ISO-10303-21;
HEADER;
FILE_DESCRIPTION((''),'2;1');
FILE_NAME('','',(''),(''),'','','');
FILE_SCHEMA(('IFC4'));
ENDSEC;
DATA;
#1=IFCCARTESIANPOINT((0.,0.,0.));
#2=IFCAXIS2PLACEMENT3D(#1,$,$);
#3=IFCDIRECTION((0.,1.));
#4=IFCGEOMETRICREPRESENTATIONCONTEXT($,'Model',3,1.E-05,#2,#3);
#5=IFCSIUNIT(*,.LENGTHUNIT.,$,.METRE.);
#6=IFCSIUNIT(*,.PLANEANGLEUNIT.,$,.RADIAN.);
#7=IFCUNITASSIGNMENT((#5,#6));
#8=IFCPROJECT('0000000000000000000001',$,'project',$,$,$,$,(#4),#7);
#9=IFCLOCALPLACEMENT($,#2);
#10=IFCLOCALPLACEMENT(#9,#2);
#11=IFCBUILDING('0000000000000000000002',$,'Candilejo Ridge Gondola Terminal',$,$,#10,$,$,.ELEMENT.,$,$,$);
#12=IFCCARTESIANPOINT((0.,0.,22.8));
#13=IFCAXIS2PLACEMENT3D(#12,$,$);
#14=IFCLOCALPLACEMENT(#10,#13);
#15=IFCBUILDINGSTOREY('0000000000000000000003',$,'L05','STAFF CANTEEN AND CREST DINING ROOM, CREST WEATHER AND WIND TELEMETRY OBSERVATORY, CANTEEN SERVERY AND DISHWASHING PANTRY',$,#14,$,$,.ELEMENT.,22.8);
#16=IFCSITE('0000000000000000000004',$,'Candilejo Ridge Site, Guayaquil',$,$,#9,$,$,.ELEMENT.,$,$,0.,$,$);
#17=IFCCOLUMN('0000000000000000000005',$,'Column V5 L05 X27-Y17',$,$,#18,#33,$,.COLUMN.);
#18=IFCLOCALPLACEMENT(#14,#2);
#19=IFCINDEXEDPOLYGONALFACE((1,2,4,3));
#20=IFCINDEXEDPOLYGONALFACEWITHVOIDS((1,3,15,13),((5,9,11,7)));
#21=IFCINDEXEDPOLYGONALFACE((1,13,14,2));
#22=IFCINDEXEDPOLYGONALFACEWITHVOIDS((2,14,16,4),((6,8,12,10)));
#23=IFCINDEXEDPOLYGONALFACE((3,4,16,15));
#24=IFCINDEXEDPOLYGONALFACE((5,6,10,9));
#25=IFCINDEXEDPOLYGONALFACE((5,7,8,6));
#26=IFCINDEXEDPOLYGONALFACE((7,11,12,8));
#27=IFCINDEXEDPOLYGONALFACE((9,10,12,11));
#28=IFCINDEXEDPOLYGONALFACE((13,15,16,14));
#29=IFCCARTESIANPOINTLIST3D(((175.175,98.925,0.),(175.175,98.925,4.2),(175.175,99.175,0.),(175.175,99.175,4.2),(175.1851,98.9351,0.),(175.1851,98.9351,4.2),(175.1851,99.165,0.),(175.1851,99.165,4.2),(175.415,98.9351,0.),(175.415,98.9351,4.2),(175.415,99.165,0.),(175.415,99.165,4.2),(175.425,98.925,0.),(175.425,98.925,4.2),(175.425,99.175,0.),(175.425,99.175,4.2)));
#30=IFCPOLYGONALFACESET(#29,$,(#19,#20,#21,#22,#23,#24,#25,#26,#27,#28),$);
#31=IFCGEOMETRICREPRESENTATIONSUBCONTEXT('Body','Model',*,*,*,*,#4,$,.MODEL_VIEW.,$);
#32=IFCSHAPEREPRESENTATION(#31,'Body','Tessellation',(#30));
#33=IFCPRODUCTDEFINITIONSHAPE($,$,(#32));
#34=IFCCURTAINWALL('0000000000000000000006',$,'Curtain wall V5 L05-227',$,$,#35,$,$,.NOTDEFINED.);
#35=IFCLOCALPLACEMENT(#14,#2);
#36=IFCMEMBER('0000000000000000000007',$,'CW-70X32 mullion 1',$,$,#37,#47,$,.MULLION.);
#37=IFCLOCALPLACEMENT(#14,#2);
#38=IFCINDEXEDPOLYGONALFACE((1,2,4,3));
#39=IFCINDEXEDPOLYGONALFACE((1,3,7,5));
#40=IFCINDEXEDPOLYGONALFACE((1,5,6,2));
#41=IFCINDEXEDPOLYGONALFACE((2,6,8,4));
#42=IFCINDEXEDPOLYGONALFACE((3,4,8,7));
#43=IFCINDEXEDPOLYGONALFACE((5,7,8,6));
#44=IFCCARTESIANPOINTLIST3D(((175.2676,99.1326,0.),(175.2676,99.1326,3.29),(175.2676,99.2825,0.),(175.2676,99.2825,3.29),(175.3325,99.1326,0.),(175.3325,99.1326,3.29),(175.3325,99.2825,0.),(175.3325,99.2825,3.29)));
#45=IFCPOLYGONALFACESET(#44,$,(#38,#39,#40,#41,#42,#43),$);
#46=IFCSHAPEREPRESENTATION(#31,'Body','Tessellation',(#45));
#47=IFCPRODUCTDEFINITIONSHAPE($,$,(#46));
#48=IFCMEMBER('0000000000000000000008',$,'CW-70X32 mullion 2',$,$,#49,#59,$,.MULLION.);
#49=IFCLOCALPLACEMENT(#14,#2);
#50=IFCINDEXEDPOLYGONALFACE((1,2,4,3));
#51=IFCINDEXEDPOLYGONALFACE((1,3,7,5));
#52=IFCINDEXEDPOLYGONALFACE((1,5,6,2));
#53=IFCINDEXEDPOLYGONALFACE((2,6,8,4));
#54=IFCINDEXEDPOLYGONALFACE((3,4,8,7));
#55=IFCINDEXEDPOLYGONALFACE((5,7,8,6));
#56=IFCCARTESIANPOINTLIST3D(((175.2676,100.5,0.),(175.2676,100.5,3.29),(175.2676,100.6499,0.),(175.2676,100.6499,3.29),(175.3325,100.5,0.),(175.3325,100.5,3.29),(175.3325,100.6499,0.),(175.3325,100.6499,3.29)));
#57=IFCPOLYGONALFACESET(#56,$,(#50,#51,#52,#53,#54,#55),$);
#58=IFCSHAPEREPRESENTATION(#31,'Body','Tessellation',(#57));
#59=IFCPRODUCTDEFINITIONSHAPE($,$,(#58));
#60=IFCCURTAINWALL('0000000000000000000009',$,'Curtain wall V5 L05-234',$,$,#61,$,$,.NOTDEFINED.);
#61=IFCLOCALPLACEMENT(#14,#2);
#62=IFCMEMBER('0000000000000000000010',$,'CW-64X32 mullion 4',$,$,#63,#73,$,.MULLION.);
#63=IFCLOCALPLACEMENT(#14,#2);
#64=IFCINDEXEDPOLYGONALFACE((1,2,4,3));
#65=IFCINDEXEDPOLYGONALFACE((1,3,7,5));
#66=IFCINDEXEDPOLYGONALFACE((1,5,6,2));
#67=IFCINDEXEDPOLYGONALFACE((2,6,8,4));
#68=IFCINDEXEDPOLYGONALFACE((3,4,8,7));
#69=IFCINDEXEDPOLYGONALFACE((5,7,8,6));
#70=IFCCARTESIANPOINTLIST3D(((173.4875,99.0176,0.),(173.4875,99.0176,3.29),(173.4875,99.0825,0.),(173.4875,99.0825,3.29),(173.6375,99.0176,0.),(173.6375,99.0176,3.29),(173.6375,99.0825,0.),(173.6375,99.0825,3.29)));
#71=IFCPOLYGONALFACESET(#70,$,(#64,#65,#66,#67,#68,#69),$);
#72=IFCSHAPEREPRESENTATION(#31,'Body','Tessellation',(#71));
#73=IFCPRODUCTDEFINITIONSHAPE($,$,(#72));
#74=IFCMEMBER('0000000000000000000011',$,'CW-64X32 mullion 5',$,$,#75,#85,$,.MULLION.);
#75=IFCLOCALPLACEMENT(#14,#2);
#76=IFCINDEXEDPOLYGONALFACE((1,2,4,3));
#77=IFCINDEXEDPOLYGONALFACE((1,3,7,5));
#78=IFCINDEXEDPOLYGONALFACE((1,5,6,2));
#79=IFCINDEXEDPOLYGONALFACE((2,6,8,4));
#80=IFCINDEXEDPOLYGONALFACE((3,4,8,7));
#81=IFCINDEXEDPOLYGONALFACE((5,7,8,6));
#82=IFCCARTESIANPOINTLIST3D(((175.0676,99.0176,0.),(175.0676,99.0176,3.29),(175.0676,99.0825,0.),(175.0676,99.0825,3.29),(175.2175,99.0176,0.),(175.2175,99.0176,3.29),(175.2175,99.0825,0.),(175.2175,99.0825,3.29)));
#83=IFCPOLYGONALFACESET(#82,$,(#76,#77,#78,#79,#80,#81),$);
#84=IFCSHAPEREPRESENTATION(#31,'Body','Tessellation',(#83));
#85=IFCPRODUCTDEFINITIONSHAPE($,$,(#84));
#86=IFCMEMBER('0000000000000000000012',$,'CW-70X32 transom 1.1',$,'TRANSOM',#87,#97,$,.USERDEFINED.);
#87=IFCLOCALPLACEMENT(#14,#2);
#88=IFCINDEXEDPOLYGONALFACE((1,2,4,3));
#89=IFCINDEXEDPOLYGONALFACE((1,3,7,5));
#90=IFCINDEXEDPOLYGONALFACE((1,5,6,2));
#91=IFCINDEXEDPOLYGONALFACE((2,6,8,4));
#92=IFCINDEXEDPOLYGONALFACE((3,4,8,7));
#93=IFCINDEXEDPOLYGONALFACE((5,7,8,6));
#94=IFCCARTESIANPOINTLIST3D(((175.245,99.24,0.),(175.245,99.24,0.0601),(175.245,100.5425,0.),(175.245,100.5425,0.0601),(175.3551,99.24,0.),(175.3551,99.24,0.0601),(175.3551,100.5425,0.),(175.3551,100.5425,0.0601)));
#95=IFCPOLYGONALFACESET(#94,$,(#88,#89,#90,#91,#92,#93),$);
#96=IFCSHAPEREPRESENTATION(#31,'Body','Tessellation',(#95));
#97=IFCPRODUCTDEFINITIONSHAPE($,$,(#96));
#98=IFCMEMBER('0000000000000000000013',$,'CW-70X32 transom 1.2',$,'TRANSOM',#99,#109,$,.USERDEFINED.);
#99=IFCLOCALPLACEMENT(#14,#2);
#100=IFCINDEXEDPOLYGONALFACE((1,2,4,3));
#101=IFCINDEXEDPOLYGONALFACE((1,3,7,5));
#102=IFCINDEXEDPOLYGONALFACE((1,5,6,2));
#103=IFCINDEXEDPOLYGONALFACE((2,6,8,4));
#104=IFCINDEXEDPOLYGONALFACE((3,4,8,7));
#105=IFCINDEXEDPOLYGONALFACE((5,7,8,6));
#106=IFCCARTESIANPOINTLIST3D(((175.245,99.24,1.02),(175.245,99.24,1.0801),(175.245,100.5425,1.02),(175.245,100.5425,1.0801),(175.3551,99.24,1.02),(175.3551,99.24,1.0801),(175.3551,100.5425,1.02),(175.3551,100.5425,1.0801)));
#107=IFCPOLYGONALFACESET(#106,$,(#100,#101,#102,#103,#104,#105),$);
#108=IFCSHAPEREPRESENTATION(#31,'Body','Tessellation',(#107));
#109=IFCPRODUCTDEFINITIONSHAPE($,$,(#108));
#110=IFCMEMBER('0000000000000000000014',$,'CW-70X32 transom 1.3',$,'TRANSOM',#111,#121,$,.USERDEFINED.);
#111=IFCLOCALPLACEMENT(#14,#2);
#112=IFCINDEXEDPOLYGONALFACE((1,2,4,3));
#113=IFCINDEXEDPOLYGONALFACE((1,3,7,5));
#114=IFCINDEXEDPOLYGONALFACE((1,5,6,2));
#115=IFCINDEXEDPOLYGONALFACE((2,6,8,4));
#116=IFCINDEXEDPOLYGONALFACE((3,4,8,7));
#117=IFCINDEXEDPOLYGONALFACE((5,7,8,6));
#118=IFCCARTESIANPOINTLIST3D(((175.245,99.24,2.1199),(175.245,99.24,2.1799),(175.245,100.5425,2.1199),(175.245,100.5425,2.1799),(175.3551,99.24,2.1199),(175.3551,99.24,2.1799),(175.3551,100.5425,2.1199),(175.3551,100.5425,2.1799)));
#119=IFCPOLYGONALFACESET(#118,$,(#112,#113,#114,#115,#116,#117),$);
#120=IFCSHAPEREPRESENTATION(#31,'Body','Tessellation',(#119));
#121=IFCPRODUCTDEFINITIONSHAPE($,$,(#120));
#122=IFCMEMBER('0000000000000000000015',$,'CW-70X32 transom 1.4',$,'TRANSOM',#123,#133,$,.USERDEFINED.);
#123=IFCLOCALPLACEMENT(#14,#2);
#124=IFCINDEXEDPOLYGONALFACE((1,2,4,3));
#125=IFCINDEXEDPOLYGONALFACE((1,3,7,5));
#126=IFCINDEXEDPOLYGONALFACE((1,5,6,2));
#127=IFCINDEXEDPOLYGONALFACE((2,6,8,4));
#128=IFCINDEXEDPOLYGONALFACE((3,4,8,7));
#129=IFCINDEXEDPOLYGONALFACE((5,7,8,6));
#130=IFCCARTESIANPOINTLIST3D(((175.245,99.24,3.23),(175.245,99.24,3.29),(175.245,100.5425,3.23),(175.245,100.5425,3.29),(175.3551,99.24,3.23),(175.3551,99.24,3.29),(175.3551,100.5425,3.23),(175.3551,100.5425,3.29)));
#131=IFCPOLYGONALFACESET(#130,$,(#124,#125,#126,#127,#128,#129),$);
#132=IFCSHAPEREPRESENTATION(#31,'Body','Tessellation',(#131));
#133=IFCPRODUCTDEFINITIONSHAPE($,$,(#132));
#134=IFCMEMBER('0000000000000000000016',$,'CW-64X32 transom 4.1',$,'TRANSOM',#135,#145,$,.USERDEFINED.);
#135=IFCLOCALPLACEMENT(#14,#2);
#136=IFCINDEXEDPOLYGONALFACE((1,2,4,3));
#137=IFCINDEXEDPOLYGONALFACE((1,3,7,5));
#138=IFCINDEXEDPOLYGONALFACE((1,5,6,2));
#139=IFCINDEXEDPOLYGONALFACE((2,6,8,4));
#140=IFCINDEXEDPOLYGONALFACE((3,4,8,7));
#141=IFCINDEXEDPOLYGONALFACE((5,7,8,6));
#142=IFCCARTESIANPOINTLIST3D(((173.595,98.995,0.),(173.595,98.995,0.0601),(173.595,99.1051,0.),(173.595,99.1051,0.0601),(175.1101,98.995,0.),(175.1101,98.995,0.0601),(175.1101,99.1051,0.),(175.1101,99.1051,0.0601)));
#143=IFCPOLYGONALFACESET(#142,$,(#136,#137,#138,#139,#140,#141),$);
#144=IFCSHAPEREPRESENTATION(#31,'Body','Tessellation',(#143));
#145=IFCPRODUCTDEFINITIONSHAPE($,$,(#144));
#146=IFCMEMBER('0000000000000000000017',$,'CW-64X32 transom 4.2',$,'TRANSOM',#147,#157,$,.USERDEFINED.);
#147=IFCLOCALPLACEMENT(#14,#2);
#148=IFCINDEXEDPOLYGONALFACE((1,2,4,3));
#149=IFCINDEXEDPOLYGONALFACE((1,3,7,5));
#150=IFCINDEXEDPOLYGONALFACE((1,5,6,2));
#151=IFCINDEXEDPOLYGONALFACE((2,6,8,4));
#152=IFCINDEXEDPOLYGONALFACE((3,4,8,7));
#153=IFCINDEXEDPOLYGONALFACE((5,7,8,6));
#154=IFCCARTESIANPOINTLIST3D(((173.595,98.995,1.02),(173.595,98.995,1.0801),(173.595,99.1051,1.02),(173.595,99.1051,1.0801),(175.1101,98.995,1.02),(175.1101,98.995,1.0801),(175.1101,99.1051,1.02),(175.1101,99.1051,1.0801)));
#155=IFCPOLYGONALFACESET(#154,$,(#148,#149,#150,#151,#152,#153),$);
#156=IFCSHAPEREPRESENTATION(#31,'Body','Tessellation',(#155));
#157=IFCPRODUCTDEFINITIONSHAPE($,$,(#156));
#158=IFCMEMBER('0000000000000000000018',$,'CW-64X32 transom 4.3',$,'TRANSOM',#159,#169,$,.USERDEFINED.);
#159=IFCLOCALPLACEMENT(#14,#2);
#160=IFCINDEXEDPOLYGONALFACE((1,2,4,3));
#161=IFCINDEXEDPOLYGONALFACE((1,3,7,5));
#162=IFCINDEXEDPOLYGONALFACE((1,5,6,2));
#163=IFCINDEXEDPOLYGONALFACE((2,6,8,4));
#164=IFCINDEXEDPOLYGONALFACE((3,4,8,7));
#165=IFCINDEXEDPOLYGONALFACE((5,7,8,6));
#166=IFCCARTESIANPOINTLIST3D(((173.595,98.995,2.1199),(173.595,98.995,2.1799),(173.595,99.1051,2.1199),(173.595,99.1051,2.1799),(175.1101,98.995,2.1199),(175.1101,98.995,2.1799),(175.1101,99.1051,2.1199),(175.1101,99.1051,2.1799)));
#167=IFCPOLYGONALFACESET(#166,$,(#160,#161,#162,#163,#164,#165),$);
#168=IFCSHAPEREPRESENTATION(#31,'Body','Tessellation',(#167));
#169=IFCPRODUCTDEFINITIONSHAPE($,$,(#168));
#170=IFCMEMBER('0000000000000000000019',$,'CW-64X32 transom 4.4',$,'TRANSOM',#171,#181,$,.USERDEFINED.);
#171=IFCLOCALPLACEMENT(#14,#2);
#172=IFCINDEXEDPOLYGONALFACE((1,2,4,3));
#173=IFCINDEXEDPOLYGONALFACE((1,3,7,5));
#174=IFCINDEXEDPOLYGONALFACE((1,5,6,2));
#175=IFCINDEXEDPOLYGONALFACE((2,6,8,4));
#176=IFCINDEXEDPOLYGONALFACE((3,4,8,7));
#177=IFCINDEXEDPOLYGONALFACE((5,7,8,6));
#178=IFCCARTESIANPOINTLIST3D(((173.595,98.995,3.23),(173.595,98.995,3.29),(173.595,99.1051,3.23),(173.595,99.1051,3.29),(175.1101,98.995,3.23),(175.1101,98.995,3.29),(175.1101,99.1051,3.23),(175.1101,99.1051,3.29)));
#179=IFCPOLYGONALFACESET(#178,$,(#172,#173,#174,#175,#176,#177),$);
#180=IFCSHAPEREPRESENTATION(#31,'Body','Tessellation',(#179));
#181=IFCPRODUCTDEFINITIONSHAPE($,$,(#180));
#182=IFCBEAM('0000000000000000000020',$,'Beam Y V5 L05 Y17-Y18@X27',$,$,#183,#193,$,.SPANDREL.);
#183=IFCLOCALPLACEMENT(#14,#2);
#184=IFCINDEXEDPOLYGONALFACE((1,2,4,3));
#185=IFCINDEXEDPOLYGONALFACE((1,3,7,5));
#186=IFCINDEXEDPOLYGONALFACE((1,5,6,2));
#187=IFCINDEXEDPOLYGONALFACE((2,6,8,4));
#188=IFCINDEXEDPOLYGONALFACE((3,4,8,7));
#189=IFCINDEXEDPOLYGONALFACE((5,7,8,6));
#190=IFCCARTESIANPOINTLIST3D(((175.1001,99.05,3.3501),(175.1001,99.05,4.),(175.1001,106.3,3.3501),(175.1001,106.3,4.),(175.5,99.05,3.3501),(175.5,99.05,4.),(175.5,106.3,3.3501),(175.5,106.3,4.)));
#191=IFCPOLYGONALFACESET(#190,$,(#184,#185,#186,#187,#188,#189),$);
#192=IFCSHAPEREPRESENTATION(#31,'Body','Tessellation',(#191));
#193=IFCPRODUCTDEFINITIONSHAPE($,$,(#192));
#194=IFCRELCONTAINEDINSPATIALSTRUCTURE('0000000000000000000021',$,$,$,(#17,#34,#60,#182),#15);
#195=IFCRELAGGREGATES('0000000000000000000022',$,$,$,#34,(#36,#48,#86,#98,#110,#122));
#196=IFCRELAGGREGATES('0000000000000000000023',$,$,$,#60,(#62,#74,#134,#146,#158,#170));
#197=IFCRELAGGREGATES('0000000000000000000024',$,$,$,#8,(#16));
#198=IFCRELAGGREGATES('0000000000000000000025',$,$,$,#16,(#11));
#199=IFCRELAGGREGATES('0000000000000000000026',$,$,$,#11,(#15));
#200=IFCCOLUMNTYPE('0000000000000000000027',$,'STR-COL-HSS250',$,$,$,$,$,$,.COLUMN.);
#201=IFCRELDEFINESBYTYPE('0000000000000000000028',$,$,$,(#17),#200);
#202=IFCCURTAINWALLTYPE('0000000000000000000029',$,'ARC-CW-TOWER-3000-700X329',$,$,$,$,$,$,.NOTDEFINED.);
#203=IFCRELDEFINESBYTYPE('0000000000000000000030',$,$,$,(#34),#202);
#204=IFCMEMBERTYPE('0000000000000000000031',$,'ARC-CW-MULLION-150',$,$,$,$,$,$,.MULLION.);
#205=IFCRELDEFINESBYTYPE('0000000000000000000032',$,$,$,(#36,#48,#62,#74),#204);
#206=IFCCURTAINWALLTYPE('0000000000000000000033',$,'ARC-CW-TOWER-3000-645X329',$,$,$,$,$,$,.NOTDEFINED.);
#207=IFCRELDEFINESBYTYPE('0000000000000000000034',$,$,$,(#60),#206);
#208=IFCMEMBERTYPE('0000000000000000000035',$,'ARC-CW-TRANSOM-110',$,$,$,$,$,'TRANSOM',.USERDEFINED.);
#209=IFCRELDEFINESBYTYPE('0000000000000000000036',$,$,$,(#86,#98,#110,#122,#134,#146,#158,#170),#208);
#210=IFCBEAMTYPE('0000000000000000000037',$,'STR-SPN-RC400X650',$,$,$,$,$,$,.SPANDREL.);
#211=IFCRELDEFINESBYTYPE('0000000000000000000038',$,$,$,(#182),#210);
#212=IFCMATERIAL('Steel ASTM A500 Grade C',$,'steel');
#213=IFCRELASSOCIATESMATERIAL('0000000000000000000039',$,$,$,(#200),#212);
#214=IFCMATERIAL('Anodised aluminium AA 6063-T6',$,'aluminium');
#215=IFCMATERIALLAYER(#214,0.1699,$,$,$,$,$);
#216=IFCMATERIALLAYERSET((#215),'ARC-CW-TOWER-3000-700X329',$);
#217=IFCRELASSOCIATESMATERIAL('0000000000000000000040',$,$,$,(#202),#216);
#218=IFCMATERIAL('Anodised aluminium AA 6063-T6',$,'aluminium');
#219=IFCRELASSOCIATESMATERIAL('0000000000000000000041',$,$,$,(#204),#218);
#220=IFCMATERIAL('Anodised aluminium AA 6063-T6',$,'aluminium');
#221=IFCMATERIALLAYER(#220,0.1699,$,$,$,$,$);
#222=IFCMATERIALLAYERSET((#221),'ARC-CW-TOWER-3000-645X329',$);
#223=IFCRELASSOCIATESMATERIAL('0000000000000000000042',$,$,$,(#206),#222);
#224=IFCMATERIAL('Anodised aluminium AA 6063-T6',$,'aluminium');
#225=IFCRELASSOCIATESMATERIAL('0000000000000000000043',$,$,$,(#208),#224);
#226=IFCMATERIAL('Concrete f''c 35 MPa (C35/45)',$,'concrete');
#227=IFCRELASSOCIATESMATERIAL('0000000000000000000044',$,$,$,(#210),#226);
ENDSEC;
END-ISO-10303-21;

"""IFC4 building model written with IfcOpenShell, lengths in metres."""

from ifc_helpers import new_model, si_unit, direction, frame, origin, origin_2d, place, context, subcontext, project, spatial, rectangle, hollow_rectangle, extrude, material, layer, layer_set, material_profile, profile_set, type_object, element, aggregate, save


model = new_model("IFC4")

# Units and contexts
model_context = context("Model", 3, precision=1e-05, world=origin(), true_north=direction((0.0, 1.0)))
body_context = subcontext(model_context, "Body", "Model", "MODEL_VIEW")
ifc_project = project(units=[si_unit("LENGTHUNIT", "METRE"), si_unit("PLANEANGLEUNIT", "RADIAN")], contexts=[model_context])

# Site, building, storey
site_placement = place(None, origin())
site = spatial("IfcSite", under=ifc_project, at=site_placement, Name="Candilejo Ridge Site, Guayaquil", CompositionType="ELEMENT", RefElevation=0.0)
building_placement = place(site_placement, origin())
building = spatial("IfcBuilding", under=site, at=building_placement, Name="Candilejo Ridge Gondola Terminal", CompositionType="ELEMENT")
storey_placement = place(building_placement, frame((0.0, 0.0, 22.8)))
storey = spatial("IfcBuildingStorey", under=building, at=storey_placement, Name="L05", Description="STAFF CANTEEN AND CREST DINING ROOM, CREST WEATHER AND WIND TELEMETRY OBSERVATORY, CANTEEN SERVERY AND DISHWASHING PANTRY", CompositionType="ELEMENT", Elevation=22.8)

# Column
ifc_material_1 = material(Name="Steel ASTM A500 Grade C", Category="steel")
ifc_material_profile_1 = material_profile(ifc_material_1, hollow_rectangle(XDim=0.25, YDim=0.25, WallThickness=0.01, at=origin_2d()))
ifc_profile_set_1 = profile_set([ifc_material_profile_1], Name="Steel ASTM A500 Grade C")
column_type = type_object("IfcColumnType", Name="STR-COL-HSS250", PredefinedType="COLUMN", material=ifc_profile_set_1)
column_placement = place(storey_placement, frame((175.3, 99.05, 0.0), z_axis=(0.0, 0.0, 1.0), x_axis=(1.0, 0.0, 0.0)))
element("IfcColumn", 1, at=column_placement, inside=storey, type_object=column_type, Name="Column V5 L05 X27-Y17", PredefinedType="COLUMN", context=body_context, shape_type="SweptSolid", body=[
    extrude(hollow_rectangle(XDim=0.25, YDim=0.25, WallThickness=0.01, at=origin_2d()), origin(), (0.0, 0.0, 1.0), 4.2),
])

# Curtain walls, members
ifc_material_2 = material(Name="Anodised aluminium AA 6063-T6", Category="aluminium")
ifc_layer_1 = layer(ifc_material_2, 0.1699)
ifc_layer_set_1 = layer_set([ifc_layer_1], Name="ARC-CW-TOWER-3000-700X329")
curtain_wall_type_1 = type_object("IfcCurtainWallType", Name="ARC-CW-TOWER-3000-700X329", PredefinedType="NOTDEFINED", material=ifc_layer_set_1)
curtain_wall_1_placement = place(storey_placement, origin())
curtain_wall_1 = element("IfcCurtainWall", 2, at=curtain_wall_1_placement, inside=storey, type_object=curtain_wall_type_1, Name="Curtain wall V5 L05-227", PredefinedType="NOTDEFINED")
ifc_material_3 = material(Name="Anodised aluminium AA 6063-T6", Category="aluminium")
ifc_material_profile_2 = material_profile(ifc_material_3, rectangle(XDim=0.0649, YDim=0.1499, at=origin_2d()))
ifc_profile_set_2 = profile_set([ifc_material_profile_2], Name="Anodised aluminium AA 6063-T6")
member_type_1 = type_object("IfcMemberType", Name="ARC-CW-MULLION-150", PredefinedType="MULLION", material=ifc_profile_set_2)
member_1_placement = place(storey_placement, frame((175.3, 99.2075, 0.0), z_axis=(0.0, 0.0, 1.0), x_axis=(-1.0, 0.0, 0.0)))
member_1 = element("IfcMember", 3, at=member_1_placement, type_object=member_type_1, Name="CW-70X32 mullion 1", PredefinedType="MULLION", context=body_context, shape_type="SweptSolid", body=[
    extrude(rectangle(XDim=0.0649, YDim=0.1499, at=origin_2d()), origin(), (0.0, 0.0, 1.0), 3.29),
])
member_2_placement = place(storey_placement, frame((175.3, 100.575, 0.0), z_axis=(0.0, 0.0, 1.0), x_axis=(-1.0, 0.0, 0.0)))
member_2 = element("IfcMember", 4, at=member_2_placement, type_object=member_type_1, Name="CW-70X32 mullion 2", PredefinedType="MULLION", context=body_context, shape_type="SweptSolid", body=[
    extrude(rectangle(XDim=0.0649, YDim=0.1499, at=origin_2d()), origin(), (0.0, 0.0, 1.0), 3.29),
])
ifc_material_4 = material(Name="Anodised aluminium AA 6063-T6", Category="aluminium")
ifc_layer_2 = layer(ifc_material_4, 0.1699)
ifc_layer_set_2 = layer_set([ifc_layer_2], Name="ARC-CW-TOWER-3000-645X329")
curtain_wall_type_2 = type_object("IfcCurtainWallType", Name="ARC-CW-TOWER-3000-645X329", PredefinedType="NOTDEFINED", material=ifc_layer_set_2)
curtain_wall_2_placement = place(storey_placement, origin())
curtain_wall_2 = element("IfcCurtainWall", 5, at=curtain_wall_2_placement, inside=storey, type_object=curtain_wall_type_2, Name="Curtain wall V5 L05-234", PredefinedType="NOTDEFINED")
member_3_placement = place(storey_placement, frame((173.5625, 99.05, 0.0), z_axis=(0.0, 0.0, 1.0), x_axis=(0.0, 1.0, 0.0)))
member_3 = element("IfcMember", 6, at=member_3_placement, type_object=member_type_1, Name="CW-64X32 mullion 4", PredefinedType="MULLION", context=body_context, shape_type="SweptSolid", body=[
    extrude(rectangle(XDim=0.0649, YDim=0.1499, at=origin_2d()), origin(), (0.0, 0.0, 1.0), 3.29),
])
member_4_placement = place(storey_placement, frame((175.1426, 99.05, 0.0), z_axis=(0.0, 0.0, 1.0), x_axis=(0.0, 1.0, 0.0)))
member_4 = element("IfcMember", 7, at=member_4_placement, type_object=member_type_1, Name="CW-64X32 mullion 5", PredefinedType="MULLION", context=body_context, shape_type="SweptSolid", body=[
    extrude(rectangle(XDim=0.0649, YDim=0.1499, at=origin_2d()), origin(), (0.0, 0.0, 1.0), 3.29),
])

# Members
ifc_material_5 = material(Name="Anodised aluminium AA 6063-T6", Category="aluminium")
ifc_material_profile_3 = material_profile(ifc_material_5, rectangle(XDim=0.1101, YDim=0.0601, at=origin_2d()))
ifc_profile_set_3 = profile_set([ifc_material_profile_3], Name="Anodised aluminium AA 6063-T6")
member_type_2 = type_object("IfcMemberType", Name="ARC-CW-TRANSOM-110", ElementType="TRANSOM", PredefinedType="USERDEFINED", material=ifc_profile_set_3)
member_5_placement = place(storey_placement, frame((175.3, 99.24, 0.03), z_axis=(0.0, 1.0, 0.0), x_axis=(-1.0, 0.0, 0.0)))
member_5 = element("IfcMember", 8, at=member_5_placement, type_object=member_type_2, Name="CW-70X32 transom 1.1", ObjectType="TRANSOM", PredefinedType="USERDEFINED", context=body_context, shape_type="SweptSolid", body=[
    extrude(rectangle(XDim=0.1101, YDim=0.0601, at=origin_2d()), origin(), (0.0, 0.0, 1.0), 1.3025),
])
member_6_placement = place(storey_placement, frame((175.3, 99.24, 1.05), z_axis=(0.0, 1.0, 0.0), x_axis=(-1.0, 0.0, 0.0)))
member_6 = element("IfcMember", 9, at=member_6_placement, type_object=member_type_2, Name="CW-70X32 transom 1.2", ObjectType="TRANSOM", PredefinedType="USERDEFINED", context=body_context, shape_type="SweptSolid", body=[
    extrude(rectangle(XDim=0.1101, YDim=0.0601, at=origin_2d()), origin(), (0.0, 0.0, 1.0), 1.3025),
])
member_7_placement = place(storey_placement, frame((175.3, 99.24, 2.1499), z_axis=(0.0, 1.0, 0.0), x_axis=(-1.0, 0.0, 0.0)))
member_7 = element("IfcMember", 10, at=member_7_placement, type_object=member_type_2, Name="CW-70X32 transom 1.3", ObjectType="TRANSOM", PredefinedType="USERDEFINED", context=body_context, shape_type="SweptSolid", body=[
    extrude(rectangle(XDim=0.1101, YDim=0.0601, at=origin_2d()), origin(), (0.0, 0.0, 1.0), 1.3025),
])
member_8_placement = place(storey_placement, frame((175.3, 99.24, 3.26), z_axis=(0.0, 1.0, 0.0), x_axis=(-1.0, 0.0, 0.0)))
member_8 = element("IfcMember", 11, at=member_8_placement, type_object=member_type_2, Name="CW-70X32 transom 1.4", ObjectType="TRANSOM", PredefinedType="USERDEFINED", context=body_context, shape_type="SweptSolid", body=[
    extrude(rectangle(XDim=0.1101, YDim=0.0601, at=origin_2d()), origin(), (0.0, 0.0, 1.0), 1.3025),
])
member_9_placement = place(storey_placement, frame((173.595, 99.05, 0.03), z_axis=(1.0, 0.0, 0.0), x_axis=(0.0, 1.0, 0.0)))
member_9 = element("IfcMember", 12, at=member_9_placement, type_object=member_type_2, Name="CW-64X32 transom 4.1", ObjectType="TRANSOM", PredefinedType="USERDEFINED", context=body_context, shape_type="SweptSolid", body=[
    extrude(rectangle(XDim=0.1101, YDim=0.0601, at=origin_2d()), origin(), (0.0, 0.0, 1.0), 1.5151),
])
member_10_placement = place(storey_placement, frame((173.595, 99.05, 1.05), z_axis=(1.0, 0.0, 0.0), x_axis=(0.0, 1.0, 0.0)))
member_10 = element("IfcMember", 13, at=member_10_placement, type_object=member_type_2, Name="CW-64X32 transom 4.2", ObjectType="TRANSOM", PredefinedType="USERDEFINED", context=body_context, shape_type="SweptSolid", body=[
    extrude(rectangle(XDim=0.1101, YDim=0.0601, at=origin_2d()), origin(), (0.0, 0.0, 1.0), 1.5151),
])
member_11_placement = place(storey_placement, frame((173.595, 99.05, 2.1499), z_axis=(1.0, 0.0, 0.0), x_axis=(0.0, 1.0, 0.0)))
member_11 = element("IfcMember", 14, at=member_11_placement, type_object=member_type_2, Name="CW-64X32 transom 4.3", ObjectType="TRANSOM", PredefinedType="USERDEFINED", context=body_context, shape_type="SweptSolid", body=[
    extrude(rectangle(XDim=0.1101, YDim=0.0601, at=origin_2d()), origin(), (0.0, 0.0, 1.0), 1.5151),
])
member_12_placement = place(storey_placement, frame((173.595, 99.05, 3.26), z_axis=(1.0, 0.0, 0.0), x_axis=(0.0, 1.0, 0.0)))
member_12 = element("IfcMember", 15, at=member_12_placement, type_object=member_type_2, Name="CW-64X32 transom 4.4", ObjectType="TRANSOM", PredefinedType="USERDEFINED", context=body_context, shape_type="SweptSolid", body=[
    extrude(rectangle(XDim=0.1101, YDim=0.0601, at=origin_2d()), origin(), (0.0, 0.0, 1.0), 1.5151),
])

# Beam
ifc_material_6 = material(Name="Concrete f'c 35 MPa (C35/45)", Category="concrete")
ifc_material_profile_4 = material_profile(ifc_material_6, rectangle(XDim=0.3999, YDim=0.6499, at=origin_2d()))
ifc_profile_set_4 = profile_set([ifc_material_profile_4], Name="Concrete f'c 35 MPa (C35/45)")
beam_type = type_object("IfcBeamType", Name="STR-SPN-RC400X650", PredefinedType="SPANDREL", material=ifc_profile_set_4)
beam_placement = place(storey_placement, frame((175.3, 99.05, 3.675), z_axis=(0.0, 1.0, 0.0), x_axis=(-1.0, 0.0, 0.0)))
element("IfcBeam", 16, at=beam_placement, inside=storey, type_object=beam_type, Name="Beam Y V5 L05 Y17-Y18@X27", PredefinedType="SPANDREL", context=body_context, shape_type="SweptSolid", body=[
    extrude(rectangle(XDim=0.3999, YDim=0.6499, at=origin_2d()), origin(), (0.0, 0.0, 1.0), 7.25),
])

aggregate(curtain_wall_1, [member_1, member_2, member_5, member_6, member_7, member_8])
aggregate(curtain_wall_2, [member_3, member_4, member_9, member_10, member_11, member_12])

save(model, "model.ifc")
